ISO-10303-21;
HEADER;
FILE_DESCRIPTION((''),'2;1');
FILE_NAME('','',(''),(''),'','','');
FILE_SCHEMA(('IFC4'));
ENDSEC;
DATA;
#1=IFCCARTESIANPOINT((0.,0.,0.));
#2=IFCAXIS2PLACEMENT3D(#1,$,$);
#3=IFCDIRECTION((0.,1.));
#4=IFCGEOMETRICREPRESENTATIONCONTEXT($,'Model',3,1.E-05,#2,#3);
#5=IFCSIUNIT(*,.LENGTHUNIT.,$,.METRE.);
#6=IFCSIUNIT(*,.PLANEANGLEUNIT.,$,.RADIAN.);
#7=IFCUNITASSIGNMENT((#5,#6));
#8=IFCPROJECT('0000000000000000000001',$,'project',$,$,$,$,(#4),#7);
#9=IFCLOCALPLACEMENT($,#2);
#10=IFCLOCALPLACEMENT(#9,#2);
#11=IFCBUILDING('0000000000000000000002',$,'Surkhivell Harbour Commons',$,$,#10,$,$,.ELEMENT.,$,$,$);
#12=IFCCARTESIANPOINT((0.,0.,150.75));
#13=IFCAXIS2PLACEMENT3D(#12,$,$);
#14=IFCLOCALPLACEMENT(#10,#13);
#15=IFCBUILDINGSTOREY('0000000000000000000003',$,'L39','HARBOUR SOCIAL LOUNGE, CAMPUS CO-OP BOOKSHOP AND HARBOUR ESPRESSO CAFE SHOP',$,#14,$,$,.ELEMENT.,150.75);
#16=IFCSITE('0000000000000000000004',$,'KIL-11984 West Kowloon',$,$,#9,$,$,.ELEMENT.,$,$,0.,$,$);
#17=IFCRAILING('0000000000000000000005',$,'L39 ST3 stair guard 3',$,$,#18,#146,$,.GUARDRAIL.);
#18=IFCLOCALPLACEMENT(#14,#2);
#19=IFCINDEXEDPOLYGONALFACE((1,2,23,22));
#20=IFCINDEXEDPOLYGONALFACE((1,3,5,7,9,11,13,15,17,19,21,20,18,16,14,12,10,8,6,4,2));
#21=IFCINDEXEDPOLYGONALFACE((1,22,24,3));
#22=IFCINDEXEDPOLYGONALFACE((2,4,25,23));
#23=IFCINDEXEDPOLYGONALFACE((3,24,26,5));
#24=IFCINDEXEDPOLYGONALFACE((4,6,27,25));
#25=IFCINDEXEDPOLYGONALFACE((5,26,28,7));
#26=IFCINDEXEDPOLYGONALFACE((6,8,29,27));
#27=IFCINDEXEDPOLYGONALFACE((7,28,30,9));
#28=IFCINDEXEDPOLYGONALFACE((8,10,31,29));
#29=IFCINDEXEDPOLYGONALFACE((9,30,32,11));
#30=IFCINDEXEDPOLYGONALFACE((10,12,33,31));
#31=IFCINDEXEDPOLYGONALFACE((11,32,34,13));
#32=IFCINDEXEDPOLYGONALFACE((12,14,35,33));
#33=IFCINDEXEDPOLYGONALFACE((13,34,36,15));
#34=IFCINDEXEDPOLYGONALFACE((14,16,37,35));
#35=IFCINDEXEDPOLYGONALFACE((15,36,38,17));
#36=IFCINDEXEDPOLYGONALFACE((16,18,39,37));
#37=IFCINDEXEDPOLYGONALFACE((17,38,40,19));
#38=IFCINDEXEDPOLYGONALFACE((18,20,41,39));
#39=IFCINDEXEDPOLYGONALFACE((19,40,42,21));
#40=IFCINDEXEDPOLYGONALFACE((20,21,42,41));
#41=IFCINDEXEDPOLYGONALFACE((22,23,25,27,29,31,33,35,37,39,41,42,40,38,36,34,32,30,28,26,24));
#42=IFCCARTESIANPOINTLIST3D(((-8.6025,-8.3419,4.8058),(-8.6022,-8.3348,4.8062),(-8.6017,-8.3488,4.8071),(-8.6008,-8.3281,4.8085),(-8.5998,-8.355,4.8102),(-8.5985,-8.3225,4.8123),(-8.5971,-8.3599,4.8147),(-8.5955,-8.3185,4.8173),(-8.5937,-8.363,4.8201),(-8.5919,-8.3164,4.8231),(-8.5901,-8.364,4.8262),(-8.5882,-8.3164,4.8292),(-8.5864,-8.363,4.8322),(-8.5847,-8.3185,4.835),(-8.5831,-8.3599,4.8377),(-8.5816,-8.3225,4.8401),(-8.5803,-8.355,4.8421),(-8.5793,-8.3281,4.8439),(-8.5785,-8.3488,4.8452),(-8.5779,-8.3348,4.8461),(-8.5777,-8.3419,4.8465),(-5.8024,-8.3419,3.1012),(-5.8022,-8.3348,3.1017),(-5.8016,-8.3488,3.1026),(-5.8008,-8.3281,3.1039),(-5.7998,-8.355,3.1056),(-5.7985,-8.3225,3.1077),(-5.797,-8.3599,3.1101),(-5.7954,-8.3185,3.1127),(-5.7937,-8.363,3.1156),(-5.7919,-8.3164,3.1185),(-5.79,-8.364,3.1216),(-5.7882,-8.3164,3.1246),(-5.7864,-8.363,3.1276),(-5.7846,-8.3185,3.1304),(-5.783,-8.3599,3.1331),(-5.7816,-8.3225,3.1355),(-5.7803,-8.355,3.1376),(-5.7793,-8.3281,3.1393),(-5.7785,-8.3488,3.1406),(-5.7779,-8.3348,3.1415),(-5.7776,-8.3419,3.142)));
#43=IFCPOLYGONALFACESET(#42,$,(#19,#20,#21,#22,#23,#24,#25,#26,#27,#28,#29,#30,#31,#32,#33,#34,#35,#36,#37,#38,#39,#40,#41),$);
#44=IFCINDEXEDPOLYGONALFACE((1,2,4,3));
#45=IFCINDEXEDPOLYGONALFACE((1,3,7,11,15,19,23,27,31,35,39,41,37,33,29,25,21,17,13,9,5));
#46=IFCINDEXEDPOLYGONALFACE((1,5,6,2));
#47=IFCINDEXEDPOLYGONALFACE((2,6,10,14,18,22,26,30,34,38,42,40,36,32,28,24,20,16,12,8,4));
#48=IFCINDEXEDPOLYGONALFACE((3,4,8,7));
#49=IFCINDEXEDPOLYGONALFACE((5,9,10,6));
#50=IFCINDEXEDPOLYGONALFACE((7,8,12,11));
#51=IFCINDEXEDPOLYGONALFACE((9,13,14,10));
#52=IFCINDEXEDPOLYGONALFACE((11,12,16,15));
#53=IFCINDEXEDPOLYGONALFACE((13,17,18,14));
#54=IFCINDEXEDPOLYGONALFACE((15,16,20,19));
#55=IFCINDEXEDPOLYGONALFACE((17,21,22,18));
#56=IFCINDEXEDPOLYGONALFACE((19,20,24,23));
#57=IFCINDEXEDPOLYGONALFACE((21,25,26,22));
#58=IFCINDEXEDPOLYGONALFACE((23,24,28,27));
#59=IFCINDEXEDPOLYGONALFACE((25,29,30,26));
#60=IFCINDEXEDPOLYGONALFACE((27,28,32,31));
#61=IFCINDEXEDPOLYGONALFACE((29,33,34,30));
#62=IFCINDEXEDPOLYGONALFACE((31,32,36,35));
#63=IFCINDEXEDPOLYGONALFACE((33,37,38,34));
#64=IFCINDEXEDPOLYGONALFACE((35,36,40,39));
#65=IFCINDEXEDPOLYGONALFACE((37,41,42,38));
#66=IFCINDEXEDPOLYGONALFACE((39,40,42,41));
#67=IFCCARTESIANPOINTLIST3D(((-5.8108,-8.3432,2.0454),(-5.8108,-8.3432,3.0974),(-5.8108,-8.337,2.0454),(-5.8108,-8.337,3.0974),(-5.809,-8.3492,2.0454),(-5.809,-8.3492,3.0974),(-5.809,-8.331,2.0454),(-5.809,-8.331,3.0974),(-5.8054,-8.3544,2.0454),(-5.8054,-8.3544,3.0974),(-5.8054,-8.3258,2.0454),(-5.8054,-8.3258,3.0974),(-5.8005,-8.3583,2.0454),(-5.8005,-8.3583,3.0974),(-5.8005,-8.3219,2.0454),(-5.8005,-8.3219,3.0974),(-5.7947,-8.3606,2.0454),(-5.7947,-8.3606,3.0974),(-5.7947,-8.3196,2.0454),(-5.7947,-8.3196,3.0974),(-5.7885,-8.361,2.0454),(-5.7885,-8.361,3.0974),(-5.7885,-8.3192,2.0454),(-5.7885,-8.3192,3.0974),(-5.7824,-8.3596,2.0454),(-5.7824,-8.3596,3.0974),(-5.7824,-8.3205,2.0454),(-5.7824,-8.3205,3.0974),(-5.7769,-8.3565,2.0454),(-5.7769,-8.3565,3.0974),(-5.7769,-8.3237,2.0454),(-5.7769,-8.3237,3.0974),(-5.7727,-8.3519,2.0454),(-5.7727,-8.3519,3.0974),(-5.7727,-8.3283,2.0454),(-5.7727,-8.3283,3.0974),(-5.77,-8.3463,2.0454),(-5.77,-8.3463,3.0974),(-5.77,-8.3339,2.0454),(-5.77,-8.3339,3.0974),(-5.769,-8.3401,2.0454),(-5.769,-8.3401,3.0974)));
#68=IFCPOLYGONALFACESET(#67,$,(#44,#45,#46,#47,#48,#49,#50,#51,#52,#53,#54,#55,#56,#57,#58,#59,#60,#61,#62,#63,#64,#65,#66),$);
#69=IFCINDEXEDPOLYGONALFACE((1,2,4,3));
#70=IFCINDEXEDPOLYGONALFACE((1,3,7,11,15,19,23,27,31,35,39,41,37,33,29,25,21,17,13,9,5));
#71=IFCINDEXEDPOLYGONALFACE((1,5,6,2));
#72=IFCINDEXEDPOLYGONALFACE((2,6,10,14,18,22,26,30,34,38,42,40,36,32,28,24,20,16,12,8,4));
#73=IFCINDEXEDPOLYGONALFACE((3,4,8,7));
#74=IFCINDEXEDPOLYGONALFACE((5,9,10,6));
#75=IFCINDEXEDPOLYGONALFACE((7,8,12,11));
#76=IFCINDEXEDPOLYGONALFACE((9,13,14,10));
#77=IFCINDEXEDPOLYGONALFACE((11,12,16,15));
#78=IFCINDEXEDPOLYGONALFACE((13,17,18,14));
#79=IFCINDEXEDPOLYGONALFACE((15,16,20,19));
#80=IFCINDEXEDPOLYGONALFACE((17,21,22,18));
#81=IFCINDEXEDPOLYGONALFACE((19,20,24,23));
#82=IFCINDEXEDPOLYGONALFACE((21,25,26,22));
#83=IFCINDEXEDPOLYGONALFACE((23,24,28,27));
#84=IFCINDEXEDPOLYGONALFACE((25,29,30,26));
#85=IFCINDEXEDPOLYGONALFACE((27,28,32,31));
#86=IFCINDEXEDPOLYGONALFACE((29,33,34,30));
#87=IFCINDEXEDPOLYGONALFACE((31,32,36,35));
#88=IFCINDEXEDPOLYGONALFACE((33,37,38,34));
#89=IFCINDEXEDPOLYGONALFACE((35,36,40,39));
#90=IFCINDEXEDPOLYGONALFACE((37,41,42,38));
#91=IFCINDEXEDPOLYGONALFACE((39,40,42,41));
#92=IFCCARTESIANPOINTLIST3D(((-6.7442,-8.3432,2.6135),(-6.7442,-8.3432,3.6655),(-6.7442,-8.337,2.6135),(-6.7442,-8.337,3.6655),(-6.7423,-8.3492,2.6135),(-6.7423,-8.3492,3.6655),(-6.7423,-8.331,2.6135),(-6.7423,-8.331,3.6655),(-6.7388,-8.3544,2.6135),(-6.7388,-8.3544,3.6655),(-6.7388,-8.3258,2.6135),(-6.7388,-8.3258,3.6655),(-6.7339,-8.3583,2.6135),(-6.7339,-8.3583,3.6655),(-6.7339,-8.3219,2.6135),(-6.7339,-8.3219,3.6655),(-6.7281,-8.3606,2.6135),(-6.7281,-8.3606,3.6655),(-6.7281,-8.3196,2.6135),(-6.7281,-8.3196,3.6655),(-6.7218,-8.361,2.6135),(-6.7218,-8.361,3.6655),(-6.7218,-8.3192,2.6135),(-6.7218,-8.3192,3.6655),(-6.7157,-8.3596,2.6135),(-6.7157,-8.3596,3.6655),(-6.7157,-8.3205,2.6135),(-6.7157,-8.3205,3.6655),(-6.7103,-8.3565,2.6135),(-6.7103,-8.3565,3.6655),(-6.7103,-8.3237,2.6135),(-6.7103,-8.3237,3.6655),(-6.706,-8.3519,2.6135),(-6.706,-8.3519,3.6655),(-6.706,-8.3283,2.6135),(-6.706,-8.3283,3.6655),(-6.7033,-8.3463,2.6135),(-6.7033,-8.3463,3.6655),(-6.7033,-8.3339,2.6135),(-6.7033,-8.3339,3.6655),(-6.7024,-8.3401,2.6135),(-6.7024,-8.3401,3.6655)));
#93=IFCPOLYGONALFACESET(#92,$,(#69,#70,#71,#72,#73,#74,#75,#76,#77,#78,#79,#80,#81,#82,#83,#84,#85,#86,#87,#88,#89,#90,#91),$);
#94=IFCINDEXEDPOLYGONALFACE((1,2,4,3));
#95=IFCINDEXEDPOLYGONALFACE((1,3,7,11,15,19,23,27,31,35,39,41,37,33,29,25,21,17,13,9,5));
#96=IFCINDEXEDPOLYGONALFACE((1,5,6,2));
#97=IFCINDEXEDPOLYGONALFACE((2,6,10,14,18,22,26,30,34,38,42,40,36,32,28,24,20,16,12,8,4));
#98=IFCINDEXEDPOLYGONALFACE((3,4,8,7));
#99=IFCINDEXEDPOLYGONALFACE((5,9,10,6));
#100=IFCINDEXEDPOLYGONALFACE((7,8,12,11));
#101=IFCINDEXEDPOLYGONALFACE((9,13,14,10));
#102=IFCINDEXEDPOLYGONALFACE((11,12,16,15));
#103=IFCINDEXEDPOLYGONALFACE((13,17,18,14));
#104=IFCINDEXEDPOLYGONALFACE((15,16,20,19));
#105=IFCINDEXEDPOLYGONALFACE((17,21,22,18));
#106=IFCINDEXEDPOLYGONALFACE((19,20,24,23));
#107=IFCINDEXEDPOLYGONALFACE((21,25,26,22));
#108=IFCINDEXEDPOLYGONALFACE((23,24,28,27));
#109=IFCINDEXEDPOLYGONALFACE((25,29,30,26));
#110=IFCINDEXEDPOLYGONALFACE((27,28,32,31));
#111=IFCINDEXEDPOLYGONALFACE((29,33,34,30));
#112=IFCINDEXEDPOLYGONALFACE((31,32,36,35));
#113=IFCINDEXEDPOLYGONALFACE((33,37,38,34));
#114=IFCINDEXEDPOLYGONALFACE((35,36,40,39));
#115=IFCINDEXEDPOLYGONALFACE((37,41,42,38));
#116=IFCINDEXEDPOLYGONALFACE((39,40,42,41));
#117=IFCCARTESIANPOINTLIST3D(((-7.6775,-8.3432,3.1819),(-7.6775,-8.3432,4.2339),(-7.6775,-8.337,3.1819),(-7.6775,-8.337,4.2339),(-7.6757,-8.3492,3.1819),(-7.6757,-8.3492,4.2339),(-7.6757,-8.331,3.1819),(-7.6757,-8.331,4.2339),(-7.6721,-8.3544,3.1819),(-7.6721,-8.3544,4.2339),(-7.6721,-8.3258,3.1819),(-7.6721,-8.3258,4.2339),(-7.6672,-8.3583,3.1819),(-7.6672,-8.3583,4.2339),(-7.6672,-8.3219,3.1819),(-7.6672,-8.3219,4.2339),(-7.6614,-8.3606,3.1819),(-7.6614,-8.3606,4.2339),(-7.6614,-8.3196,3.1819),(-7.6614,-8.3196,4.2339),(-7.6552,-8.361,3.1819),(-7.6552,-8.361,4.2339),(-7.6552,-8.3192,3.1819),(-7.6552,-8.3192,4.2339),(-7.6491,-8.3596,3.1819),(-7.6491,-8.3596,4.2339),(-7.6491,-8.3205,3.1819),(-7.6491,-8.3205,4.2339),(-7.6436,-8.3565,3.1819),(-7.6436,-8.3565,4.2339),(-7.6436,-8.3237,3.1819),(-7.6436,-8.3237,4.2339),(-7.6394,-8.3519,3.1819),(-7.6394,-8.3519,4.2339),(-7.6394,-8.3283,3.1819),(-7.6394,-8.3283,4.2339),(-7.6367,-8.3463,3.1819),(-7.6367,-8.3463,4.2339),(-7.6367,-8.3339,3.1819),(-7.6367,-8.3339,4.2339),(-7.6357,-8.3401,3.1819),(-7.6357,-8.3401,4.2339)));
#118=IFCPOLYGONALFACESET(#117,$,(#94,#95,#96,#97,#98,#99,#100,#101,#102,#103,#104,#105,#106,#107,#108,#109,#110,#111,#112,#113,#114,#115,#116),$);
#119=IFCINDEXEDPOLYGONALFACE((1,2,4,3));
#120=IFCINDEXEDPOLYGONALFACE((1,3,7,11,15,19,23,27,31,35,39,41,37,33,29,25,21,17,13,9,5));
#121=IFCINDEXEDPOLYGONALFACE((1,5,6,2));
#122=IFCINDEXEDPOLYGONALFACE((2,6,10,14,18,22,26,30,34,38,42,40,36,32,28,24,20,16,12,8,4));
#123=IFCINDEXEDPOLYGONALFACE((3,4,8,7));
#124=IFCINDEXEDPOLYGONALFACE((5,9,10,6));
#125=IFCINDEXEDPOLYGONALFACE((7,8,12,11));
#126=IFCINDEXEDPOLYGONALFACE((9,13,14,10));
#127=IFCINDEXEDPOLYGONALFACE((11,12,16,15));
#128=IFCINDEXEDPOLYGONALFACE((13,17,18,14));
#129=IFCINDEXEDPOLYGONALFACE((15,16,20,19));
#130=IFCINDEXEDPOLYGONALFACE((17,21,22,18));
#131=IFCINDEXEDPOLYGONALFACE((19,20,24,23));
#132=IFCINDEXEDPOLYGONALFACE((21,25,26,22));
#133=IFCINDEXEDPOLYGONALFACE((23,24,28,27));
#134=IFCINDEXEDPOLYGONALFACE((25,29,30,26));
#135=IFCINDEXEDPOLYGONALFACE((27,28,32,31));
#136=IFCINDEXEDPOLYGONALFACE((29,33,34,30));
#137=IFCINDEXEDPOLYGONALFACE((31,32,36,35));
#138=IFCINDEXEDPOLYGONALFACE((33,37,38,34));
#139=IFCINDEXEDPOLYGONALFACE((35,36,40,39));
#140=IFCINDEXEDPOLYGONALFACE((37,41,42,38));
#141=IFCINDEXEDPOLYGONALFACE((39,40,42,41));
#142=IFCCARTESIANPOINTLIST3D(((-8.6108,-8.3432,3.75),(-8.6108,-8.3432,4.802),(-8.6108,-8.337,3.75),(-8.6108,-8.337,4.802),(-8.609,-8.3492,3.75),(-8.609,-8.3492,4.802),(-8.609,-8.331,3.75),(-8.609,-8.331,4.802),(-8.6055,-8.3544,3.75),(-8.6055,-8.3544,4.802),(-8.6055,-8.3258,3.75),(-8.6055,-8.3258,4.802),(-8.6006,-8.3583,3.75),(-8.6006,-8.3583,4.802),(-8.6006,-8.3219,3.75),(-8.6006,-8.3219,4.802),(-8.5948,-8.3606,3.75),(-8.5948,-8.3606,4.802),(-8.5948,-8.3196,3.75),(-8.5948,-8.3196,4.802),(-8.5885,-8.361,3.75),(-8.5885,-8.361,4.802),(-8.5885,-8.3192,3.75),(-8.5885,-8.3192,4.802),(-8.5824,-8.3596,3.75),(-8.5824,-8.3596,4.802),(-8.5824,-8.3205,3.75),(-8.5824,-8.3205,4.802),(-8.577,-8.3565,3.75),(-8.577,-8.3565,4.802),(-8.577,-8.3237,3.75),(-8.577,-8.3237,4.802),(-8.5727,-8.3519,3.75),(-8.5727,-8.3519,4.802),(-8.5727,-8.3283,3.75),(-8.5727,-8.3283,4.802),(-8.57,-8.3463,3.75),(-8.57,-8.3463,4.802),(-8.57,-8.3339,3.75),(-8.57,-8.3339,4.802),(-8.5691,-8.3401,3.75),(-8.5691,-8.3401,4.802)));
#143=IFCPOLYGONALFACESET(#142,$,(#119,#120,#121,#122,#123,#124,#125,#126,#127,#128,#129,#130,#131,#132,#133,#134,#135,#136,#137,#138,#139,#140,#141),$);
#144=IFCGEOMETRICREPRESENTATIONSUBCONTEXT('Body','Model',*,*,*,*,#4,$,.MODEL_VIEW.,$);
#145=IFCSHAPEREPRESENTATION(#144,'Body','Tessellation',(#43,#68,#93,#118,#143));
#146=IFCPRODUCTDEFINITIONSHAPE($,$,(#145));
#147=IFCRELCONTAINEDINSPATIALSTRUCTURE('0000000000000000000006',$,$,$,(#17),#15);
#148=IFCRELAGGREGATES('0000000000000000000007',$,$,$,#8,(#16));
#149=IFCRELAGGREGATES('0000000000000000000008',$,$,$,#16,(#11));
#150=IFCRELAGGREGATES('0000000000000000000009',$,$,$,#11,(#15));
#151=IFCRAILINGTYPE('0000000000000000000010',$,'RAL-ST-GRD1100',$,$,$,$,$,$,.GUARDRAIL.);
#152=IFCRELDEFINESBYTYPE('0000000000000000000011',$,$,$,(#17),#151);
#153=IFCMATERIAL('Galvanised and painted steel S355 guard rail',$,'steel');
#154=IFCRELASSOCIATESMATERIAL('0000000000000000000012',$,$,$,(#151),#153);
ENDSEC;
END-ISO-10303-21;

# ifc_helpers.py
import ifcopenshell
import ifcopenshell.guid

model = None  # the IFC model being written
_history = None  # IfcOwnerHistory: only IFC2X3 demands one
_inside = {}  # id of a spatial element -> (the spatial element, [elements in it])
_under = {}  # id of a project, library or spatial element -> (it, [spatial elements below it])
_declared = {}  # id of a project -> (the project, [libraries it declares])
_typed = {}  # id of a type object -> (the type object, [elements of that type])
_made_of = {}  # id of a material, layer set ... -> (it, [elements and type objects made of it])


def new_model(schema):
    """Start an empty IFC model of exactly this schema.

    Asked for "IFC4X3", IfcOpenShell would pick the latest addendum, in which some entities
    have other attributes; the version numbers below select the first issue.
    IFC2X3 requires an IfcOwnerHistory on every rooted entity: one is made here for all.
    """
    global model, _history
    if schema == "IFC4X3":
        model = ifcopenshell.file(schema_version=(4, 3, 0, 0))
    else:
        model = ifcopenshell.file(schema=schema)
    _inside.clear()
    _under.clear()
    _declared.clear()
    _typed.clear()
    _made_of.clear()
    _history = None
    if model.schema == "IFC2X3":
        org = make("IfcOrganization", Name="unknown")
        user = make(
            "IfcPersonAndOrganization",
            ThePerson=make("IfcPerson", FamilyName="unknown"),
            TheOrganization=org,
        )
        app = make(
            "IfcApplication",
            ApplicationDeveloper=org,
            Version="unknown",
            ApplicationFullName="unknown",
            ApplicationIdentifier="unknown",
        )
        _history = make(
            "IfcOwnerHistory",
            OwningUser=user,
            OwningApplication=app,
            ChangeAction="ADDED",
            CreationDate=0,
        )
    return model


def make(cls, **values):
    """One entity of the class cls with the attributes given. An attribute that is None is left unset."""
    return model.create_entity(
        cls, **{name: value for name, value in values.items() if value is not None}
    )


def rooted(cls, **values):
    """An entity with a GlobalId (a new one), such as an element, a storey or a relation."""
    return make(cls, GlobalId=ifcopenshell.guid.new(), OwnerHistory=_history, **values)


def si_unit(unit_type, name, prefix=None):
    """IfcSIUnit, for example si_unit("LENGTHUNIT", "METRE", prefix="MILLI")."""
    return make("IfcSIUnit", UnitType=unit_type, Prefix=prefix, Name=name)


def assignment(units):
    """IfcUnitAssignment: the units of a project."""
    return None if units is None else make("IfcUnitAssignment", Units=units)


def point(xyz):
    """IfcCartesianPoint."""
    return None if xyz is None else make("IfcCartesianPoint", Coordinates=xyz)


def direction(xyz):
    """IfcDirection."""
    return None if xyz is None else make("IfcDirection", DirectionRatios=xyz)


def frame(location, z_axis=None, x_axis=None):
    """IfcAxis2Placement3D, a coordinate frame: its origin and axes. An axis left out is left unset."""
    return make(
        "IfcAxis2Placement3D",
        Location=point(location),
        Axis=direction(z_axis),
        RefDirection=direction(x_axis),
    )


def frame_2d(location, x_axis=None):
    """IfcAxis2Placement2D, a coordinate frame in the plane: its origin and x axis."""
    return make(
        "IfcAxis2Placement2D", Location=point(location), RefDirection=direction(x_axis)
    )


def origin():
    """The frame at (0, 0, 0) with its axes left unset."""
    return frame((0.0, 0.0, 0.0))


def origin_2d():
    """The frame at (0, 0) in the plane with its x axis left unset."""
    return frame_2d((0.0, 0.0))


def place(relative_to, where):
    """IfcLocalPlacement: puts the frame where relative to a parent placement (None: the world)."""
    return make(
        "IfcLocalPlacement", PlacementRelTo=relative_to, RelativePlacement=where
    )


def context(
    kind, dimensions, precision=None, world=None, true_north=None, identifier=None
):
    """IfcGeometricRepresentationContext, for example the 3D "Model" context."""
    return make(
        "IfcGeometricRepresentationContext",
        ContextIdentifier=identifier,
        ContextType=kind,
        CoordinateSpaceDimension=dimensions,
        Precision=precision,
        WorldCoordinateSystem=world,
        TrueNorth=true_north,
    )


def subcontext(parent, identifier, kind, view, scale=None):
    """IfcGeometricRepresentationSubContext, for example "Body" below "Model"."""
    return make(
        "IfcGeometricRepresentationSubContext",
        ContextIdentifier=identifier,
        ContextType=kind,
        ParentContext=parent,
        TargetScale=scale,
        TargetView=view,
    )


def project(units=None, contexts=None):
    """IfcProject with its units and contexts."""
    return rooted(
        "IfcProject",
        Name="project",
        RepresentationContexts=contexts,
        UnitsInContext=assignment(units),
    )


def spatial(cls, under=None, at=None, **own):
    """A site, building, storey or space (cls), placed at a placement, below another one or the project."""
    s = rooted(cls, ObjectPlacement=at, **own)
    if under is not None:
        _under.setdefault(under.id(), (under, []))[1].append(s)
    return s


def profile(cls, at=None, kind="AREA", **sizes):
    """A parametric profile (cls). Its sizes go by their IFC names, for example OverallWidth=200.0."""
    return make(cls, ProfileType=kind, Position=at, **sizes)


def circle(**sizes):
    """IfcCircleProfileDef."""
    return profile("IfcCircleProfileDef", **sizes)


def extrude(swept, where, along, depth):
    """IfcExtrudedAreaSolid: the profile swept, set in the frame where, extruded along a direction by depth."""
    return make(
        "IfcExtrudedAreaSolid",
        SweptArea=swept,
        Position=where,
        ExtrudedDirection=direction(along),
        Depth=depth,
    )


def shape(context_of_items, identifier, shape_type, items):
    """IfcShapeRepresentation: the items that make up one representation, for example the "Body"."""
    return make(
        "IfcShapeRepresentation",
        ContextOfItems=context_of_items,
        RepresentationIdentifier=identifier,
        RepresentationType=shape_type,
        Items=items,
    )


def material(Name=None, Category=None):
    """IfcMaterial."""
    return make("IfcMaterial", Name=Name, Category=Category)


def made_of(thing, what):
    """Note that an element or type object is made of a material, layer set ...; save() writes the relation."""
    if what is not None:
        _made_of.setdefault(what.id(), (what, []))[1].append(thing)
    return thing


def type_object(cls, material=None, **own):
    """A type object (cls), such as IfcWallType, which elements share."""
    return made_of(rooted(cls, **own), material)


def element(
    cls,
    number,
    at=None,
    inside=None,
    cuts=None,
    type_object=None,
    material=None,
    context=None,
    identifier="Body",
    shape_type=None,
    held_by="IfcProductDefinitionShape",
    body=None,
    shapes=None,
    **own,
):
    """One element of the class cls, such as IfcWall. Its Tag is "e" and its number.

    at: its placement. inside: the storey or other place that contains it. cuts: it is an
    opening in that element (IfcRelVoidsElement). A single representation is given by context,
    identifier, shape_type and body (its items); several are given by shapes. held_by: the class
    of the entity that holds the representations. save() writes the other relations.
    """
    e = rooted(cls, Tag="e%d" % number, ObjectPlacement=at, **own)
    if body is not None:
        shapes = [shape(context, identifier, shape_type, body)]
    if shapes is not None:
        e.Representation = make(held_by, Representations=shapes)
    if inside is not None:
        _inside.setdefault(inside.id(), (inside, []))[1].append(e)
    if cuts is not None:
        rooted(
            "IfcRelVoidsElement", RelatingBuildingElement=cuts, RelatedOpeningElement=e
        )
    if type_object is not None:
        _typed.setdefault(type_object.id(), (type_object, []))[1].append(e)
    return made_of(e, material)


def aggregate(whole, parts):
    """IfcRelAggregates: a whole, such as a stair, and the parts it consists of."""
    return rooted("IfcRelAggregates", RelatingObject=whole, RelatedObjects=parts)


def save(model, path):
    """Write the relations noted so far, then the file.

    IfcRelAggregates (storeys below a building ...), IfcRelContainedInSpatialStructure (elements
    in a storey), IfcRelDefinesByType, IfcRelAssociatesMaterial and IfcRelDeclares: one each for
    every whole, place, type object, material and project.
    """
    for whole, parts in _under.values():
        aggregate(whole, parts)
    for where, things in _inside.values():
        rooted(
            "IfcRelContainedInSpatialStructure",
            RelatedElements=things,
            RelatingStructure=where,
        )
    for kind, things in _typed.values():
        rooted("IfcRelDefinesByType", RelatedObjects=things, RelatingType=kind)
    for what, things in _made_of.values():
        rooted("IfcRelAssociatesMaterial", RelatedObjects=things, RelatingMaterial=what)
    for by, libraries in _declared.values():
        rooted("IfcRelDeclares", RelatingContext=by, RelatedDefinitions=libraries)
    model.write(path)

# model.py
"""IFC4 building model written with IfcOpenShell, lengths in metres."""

from ifc_helpers import new_model, si_unit, direction, frame, origin, origin_2d, place, context, subcontext, project, spatial, circle, extrude, material, type_object, element, save


model = new_model("IFC4")

# Units and contexts
model_context = context("Model", 3, precision=1e-05, world=origin(), true_north=direction((0.0, 1.0)))
body_context = subcontext(model_context, "Body", "Model", "MODEL_VIEW")
ifc_project = project(units=[si_unit("LENGTHUNIT", "METRE"), si_unit("PLANEANGLEUNIT", "RADIAN")], contexts=[model_context])

# Site, building, storey
site_placement = place(None, origin())
site = spatial("IfcSite", under=ifc_project, at=site_placement, Name="KIL-11984 West Kowloon", CompositionType="ELEMENT", RefElevation=0.0)
building_placement = place(site_placement, origin())
building = spatial("IfcBuilding", under=site, at=building_placement, Name="Surkhivell Harbour Commons", CompositionType="ELEMENT")
storey_placement = place(building_placement, frame((0.0, 0.0, 150.75)))
storey = spatial("IfcBuildingStorey", under=building, at=storey_placement, Name="L39", Description="HARBOUR SOCIAL LOUNGE, CAMPUS CO-OP BOOKSHOP AND HARBOUR ESPRESSO CAFE SHOP", CompositionType="ELEMENT", Elevation=150.75)

# Railing
ifc_material_1 = material(Name="Galvanised and painted steel S355 guard rail", Category="steel")
railing_type_1 = type_object("IfcRailingType", Name="RAL-ST-GRD1100", PredefinedType="GUARDRAIL", material=ifc_material_1)
railing_1_placement = place(storey_placement, frame((-5.79, -8.3401, 2.0454)))
element("IfcRailing", 1, at=railing_1_placement, inside=storey, type_object=railing_type_1, Name="L39 ST3 stair guard 3", PredefinedType="GUARDRAIL", context=body_context, shape_type="SweptSolid", body=[
    extrude(circle(Radius=0.0239, at=origin_2d()), frame((0.0, 0.0, 1.0762), z_axis=(-0.85417, 0.0, 0.519994), x_axis=(0.0, -1.0, 0.0)), (0.0, 0.0, 1.0), 3.2781),
    extrude(circle(Radius=0.021, at=origin_2d()), origin(), (0.0, 0.0, 1.0), 1.052),
    extrude(circle(Radius=0.021, at=origin_2d()), frame((-0.9333, 0.0, 0.5681)), (0.0, 0.0, 1.0), 1.052),
    extrude(circle(Radius=0.021, at=origin_2d()), frame((-1.8667, 0.0, 1.1365)), (0.0, 0.0, 1.0), 1.052),
    extrude(circle(Radius=0.021, at=origin_2d()), frame((-2.8, 0.0, 1.7046)), (0.0, 0.0, 1.0), 1.052),
])

save(model, "model.ifc")
